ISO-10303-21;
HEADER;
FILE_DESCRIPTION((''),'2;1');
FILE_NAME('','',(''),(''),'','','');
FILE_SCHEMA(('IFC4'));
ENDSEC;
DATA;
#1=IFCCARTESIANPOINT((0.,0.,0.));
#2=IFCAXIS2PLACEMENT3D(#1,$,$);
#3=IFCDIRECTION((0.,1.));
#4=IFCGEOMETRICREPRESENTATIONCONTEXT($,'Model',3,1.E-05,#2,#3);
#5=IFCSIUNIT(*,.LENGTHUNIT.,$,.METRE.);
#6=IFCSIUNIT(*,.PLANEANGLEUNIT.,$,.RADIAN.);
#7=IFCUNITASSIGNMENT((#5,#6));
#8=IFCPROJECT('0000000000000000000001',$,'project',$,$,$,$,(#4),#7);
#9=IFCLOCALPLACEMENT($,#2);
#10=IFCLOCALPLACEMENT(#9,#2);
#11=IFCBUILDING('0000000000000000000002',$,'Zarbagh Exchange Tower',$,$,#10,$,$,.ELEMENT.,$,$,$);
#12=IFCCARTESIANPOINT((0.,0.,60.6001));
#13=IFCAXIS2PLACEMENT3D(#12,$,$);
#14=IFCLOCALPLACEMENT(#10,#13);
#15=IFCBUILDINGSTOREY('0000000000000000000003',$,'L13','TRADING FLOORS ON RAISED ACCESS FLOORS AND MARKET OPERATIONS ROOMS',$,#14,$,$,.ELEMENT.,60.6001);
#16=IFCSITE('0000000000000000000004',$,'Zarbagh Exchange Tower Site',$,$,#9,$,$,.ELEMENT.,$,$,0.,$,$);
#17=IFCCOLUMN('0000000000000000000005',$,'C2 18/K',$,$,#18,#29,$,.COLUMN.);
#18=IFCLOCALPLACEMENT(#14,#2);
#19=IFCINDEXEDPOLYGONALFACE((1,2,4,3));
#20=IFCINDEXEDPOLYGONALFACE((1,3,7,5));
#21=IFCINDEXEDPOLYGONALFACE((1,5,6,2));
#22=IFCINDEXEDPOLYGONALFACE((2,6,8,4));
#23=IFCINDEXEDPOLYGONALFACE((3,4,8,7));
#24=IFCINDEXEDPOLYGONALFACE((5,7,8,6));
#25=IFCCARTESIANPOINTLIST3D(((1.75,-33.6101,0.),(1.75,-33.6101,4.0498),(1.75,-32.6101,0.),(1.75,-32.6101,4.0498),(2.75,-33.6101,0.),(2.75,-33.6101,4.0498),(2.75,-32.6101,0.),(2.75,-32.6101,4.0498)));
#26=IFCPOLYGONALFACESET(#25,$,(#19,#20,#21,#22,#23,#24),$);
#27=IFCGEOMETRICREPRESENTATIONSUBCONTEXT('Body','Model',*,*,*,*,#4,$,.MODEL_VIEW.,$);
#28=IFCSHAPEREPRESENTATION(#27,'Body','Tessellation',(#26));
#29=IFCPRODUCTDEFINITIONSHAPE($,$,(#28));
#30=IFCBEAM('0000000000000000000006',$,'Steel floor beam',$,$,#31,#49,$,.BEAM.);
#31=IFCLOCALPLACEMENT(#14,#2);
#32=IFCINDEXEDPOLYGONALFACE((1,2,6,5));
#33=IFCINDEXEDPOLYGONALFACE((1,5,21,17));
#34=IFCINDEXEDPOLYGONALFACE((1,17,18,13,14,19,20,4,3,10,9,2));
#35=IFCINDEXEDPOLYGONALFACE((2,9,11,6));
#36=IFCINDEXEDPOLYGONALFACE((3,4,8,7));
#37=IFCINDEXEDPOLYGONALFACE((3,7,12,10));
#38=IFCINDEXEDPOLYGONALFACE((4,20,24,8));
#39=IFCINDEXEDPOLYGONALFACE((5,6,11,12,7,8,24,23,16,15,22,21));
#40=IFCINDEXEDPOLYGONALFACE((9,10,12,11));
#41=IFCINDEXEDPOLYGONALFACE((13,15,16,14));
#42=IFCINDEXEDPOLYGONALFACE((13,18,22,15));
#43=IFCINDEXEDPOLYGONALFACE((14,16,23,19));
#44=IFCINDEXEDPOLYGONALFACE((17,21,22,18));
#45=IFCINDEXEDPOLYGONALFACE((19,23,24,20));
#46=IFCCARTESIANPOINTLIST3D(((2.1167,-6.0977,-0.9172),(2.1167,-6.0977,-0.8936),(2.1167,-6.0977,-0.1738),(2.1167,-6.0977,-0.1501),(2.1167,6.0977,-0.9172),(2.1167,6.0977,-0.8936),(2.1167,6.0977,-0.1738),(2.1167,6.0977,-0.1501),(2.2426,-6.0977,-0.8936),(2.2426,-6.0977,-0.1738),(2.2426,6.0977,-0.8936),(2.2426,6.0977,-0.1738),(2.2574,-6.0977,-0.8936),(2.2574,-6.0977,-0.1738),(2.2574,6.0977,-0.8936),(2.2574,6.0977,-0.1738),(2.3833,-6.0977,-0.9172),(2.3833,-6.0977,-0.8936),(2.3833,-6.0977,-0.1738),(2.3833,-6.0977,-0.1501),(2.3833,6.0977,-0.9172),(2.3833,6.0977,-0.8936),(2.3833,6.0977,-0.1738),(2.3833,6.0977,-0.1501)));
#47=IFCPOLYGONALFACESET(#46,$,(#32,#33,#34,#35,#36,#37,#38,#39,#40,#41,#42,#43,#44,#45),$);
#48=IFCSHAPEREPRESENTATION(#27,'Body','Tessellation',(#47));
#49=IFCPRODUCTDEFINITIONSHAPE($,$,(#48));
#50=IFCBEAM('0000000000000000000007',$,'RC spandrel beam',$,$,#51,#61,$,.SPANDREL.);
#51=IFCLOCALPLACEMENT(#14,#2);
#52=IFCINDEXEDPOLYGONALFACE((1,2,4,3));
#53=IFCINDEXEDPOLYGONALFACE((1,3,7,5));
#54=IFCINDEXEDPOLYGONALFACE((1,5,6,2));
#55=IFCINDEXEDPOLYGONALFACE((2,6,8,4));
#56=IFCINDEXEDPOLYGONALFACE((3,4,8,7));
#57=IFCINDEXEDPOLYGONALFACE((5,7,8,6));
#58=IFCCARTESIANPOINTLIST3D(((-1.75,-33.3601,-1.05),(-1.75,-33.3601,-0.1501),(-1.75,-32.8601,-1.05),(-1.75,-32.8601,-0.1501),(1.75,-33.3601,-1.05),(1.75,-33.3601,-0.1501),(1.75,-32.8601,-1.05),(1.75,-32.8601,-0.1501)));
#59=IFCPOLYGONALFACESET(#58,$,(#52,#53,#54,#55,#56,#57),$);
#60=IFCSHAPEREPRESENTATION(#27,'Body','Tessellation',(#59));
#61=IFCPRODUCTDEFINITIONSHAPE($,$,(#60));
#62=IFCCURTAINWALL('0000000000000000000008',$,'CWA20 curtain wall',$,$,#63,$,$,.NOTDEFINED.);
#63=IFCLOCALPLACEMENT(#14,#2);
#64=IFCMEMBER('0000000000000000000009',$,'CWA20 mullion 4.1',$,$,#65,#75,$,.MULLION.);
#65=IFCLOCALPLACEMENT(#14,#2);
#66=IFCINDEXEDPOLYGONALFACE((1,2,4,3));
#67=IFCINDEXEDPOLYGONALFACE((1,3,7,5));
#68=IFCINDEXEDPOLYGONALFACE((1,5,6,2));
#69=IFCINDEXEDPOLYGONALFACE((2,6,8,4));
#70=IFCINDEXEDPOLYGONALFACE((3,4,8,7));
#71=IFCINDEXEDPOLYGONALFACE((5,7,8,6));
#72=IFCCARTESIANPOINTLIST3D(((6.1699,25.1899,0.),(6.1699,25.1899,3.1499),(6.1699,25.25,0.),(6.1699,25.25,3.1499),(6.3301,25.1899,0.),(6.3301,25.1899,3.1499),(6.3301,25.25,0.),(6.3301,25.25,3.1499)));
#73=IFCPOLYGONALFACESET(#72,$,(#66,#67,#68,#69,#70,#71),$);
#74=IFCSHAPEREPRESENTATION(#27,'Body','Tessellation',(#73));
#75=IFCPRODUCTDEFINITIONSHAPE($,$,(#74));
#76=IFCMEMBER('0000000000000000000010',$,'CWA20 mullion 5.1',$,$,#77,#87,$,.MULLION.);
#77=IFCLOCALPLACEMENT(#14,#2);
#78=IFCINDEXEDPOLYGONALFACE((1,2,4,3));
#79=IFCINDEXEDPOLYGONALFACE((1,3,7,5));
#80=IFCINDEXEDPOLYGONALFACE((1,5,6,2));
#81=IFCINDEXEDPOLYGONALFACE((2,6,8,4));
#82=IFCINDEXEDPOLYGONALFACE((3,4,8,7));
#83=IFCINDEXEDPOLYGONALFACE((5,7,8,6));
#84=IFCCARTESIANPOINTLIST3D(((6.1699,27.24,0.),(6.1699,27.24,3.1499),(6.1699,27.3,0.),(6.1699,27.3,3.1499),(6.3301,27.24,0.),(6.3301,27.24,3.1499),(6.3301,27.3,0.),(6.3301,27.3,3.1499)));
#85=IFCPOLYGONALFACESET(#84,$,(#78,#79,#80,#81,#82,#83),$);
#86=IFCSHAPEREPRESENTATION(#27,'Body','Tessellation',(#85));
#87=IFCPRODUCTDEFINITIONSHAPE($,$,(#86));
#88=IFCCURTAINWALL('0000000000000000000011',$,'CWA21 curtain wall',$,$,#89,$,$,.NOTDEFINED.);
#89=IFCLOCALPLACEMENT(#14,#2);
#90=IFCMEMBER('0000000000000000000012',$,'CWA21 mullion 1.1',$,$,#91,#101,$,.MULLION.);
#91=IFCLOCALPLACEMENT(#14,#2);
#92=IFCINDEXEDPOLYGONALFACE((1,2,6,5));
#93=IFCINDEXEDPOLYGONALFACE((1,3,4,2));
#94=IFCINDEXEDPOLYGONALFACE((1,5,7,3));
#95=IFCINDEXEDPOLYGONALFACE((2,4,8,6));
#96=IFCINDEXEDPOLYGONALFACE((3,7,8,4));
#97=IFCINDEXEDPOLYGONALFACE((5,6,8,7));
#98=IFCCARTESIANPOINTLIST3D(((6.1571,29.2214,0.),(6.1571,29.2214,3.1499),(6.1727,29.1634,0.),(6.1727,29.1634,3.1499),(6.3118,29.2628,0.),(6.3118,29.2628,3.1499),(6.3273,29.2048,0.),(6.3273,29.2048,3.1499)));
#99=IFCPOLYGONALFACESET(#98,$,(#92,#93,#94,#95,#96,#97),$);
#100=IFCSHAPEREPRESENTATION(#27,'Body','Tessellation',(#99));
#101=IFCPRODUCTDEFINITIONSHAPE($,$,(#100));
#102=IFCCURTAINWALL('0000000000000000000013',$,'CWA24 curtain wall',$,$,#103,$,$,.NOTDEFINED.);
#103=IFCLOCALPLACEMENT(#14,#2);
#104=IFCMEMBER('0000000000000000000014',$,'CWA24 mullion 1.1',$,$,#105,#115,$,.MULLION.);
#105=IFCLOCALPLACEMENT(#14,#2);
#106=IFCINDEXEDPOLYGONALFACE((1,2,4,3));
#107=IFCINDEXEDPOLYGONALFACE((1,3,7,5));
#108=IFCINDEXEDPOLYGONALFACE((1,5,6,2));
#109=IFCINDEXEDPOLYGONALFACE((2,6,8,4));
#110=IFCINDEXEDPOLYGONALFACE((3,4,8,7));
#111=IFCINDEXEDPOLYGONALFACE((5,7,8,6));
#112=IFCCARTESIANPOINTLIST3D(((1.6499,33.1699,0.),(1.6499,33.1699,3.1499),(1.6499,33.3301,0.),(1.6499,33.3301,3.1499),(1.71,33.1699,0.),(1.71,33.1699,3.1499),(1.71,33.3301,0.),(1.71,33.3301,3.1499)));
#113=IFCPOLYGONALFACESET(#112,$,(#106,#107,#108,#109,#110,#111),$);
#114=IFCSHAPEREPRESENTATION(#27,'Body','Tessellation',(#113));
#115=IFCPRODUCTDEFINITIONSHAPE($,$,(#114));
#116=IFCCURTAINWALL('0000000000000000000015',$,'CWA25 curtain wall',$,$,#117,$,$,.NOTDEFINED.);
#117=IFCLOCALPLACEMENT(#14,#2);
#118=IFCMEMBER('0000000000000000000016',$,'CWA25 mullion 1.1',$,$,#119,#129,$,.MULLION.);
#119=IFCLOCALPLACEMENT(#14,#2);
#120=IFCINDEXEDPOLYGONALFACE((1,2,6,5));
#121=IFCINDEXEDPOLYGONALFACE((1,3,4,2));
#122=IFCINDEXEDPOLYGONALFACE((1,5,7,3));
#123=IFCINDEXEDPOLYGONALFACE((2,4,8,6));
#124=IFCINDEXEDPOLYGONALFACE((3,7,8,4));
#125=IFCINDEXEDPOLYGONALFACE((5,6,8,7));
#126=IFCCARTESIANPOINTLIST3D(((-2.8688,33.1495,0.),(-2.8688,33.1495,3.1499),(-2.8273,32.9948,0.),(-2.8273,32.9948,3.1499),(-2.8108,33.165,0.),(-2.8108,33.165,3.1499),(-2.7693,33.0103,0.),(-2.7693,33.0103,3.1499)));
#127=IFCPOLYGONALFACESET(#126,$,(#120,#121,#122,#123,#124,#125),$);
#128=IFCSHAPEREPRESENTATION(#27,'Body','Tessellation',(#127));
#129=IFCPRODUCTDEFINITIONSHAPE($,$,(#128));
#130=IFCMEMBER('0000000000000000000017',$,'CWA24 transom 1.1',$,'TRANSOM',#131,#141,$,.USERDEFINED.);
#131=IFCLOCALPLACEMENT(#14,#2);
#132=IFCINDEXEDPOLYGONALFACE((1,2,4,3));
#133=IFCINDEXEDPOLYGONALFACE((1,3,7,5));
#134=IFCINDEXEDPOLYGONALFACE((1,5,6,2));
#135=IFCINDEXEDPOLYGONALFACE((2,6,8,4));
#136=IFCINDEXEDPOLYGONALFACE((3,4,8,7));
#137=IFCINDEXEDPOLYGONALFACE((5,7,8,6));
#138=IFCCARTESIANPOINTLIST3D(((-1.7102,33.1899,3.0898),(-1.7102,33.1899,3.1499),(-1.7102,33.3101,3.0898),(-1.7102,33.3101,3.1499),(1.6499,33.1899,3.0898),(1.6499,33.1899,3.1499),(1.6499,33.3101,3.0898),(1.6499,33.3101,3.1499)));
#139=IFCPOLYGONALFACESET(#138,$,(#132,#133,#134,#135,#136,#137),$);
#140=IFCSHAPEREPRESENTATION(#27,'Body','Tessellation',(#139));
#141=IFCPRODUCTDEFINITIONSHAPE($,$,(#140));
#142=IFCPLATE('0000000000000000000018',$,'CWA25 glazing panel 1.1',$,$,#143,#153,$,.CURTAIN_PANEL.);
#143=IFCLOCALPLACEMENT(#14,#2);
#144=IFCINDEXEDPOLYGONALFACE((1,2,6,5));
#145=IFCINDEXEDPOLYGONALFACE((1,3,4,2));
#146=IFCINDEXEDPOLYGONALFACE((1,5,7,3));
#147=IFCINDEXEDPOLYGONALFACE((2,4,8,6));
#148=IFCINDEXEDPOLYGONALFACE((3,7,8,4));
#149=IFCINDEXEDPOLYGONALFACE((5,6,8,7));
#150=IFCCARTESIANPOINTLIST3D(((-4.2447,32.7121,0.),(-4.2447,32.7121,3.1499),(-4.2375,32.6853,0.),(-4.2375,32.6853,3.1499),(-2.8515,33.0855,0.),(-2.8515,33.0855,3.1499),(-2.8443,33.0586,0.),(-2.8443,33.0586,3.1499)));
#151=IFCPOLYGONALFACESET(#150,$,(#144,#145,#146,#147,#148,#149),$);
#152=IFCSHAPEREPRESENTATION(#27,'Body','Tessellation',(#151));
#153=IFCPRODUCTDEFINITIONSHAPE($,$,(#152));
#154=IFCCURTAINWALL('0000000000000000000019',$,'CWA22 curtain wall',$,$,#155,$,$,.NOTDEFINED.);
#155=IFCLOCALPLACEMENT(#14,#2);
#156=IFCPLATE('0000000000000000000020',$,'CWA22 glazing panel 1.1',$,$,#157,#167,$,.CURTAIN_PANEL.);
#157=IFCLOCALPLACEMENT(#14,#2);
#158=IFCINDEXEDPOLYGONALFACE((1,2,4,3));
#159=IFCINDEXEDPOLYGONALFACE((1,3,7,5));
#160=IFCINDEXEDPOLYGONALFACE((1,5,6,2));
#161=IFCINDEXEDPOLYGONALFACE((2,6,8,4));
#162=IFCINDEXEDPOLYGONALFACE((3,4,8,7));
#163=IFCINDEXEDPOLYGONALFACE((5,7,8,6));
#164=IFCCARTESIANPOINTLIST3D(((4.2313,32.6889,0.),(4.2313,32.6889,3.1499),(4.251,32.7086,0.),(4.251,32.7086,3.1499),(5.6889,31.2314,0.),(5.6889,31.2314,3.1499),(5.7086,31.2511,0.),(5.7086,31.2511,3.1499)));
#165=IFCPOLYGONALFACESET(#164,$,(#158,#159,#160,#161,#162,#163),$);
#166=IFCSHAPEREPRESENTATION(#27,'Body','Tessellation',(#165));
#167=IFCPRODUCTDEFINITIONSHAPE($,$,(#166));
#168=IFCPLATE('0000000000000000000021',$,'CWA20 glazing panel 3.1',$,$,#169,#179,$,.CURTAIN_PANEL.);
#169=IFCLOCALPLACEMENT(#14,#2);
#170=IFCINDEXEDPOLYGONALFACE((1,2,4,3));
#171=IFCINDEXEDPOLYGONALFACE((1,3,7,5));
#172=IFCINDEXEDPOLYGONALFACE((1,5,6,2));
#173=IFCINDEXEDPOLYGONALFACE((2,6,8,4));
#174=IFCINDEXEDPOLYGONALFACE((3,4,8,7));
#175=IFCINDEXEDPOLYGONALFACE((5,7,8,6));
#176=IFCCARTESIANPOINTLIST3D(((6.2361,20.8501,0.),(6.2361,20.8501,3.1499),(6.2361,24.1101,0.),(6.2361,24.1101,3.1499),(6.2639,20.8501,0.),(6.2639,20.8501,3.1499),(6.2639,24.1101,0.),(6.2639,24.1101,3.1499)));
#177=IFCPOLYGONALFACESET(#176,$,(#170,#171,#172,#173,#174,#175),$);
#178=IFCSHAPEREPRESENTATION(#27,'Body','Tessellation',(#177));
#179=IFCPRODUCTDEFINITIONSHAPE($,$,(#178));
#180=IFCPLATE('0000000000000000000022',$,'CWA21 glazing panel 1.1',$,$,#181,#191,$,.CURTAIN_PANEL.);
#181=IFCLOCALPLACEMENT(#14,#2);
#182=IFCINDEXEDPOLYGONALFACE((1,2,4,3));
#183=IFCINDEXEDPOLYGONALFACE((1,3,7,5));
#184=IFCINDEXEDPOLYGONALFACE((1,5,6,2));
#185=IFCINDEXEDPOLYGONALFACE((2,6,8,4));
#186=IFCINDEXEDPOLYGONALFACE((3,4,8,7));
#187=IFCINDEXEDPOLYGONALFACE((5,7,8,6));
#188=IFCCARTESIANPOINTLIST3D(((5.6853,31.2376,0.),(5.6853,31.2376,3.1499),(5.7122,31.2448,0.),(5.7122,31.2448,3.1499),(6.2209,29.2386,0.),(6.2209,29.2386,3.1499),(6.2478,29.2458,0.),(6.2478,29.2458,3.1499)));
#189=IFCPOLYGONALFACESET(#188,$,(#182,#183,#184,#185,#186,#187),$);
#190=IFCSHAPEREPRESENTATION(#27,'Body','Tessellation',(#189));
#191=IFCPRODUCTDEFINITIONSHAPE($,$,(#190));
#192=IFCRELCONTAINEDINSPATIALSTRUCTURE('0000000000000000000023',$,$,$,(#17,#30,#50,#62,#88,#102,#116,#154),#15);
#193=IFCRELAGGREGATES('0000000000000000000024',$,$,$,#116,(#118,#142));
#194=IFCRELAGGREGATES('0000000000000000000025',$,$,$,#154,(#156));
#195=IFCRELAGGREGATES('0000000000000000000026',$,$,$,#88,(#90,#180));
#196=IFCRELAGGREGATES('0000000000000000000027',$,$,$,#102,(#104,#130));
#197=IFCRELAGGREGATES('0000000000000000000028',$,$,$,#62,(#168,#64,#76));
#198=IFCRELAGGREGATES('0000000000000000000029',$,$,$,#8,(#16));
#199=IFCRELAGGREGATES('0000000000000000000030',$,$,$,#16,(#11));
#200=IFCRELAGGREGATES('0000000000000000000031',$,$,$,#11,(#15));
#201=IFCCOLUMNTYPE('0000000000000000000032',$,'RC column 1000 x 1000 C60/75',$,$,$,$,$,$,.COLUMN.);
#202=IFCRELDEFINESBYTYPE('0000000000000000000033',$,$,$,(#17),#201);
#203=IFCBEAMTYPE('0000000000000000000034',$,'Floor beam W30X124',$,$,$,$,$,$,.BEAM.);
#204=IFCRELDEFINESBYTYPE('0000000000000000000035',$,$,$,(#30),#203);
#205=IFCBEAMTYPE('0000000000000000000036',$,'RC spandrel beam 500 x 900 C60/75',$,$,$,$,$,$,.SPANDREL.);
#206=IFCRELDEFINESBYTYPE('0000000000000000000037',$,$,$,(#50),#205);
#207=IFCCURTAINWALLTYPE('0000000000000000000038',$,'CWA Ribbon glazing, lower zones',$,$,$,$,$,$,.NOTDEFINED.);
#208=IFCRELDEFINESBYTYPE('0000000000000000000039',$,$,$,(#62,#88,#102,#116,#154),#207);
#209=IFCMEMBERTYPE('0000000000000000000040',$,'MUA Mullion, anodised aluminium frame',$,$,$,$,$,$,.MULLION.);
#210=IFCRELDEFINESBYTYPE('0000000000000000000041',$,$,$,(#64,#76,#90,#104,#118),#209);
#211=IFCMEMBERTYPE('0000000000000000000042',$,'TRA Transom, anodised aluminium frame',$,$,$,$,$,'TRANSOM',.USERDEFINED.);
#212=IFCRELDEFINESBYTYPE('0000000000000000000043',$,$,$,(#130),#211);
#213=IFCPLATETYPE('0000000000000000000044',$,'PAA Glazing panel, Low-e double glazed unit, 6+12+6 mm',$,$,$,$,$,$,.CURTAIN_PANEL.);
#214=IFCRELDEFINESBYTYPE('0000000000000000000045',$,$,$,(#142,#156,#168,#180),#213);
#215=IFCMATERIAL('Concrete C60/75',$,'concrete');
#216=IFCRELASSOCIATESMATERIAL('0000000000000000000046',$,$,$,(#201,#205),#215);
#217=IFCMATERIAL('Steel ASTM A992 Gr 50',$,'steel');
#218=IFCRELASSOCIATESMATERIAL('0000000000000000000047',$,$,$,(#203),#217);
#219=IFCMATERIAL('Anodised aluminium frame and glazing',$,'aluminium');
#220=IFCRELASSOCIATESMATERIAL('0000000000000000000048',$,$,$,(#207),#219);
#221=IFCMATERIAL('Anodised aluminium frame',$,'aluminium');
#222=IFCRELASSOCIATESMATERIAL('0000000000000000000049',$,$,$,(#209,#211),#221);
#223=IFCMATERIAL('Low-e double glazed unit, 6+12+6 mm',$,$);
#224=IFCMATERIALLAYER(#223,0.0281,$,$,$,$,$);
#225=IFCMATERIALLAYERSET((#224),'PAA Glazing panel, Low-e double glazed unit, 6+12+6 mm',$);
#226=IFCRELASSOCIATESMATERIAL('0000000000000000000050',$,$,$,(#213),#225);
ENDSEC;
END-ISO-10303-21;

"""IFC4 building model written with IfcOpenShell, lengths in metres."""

from ifc_helpers import new_model, si_unit, direction, frame, origin, origin_2d, place, context, subcontext, project, spatial, polyline, rectangle, i_section, outline, extrude, source, transform, mapped, material, layer, layer_set, material_profile, profile_set, type_object, element, aggregate, save


model = new_model("IFC4")

# Units and contexts
model_context = context("Model", 3, precision=1e-05, world=origin(), true_north=direction((0.0, 1.0)))
body_context = subcontext(model_context, "Body", "Model", "MODEL_VIEW")
ifc_project = project(units=[si_unit("LENGTHUNIT", "METRE"), si_unit("PLANEANGLEUNIT", "RADIAN")], contexts=[model_context])

# Site, building, storey
site_placement = place(None, origin())
site = spatial("IfcSite", under=ifc_project, at=site_placement, Name="Zarbagh Exchange Tower Site", CompositionType="ELEMENT", RefElevation=0.0)
building_placement = place(site_placement, origin())
building = spatial("IfcBuilding", under=site, at=building_placement, Name="Zarbagh Exchange Tower", CompositionType="ELEMENT")
storey_placement = place(building_placement, frame((0.0, 0.0, 60.6001)))
storey = spatial("IfcBuildingStorey", under=building, at=storey_placement, Name="L13", Description="TRADING FLOORS ON RAISED ACCESS FLOORS AND MARKET OPERATIONS ROOMS", CompositionType="ELEMENT", Elevation=60.6001)

# Column
ifc_material_1 = material(Name="Concrete C60/75", Category="concrete")
ifc_material_profile_1 = material_profile(ifc_material_1, rectangle(XDim=1.0, YDim=1.0, at=origin_2d()), Name="RC column 1000 x 1000 C60/75")
ifc_profile_set_1 = profile_set([ifc_material_profile_1], Name="Concrete C60/75")
column_type = type_object("IfcColumnType", Name="RC column 1000 x 1000 C60/75", PredefinedType="COLUMN", material=ifc_profile_set_1)
column_placement = place(storey_placement, frame((2.25, -33.1101, 0.0), z_axis=(0.0, 0.0, 1.0), x_axis=(1.0, 0.0, 0.0)))
element("IfcColumn", 1, at=column_placement, inside=storey, type_object=column_type, Name="C2 18/K", PredefinedType="COLUMN", context=body_context, shape_type="SweptSolid", body=[
    extrude(rectangle(XDim=1.0, YDim=1.0, at=origin_2d()), origin(), (0.0, 0.0, 1.0), 4.0498),
])

# Beams
ifc_material_2 = material(Name="Steel ASTM A992 Gr 50", Category="steel")
ifc_material_profile_2 = material_profile(ifc_material_2, i_section(OverallWidth=0.2666, OverallDepth=0.7671, WebThickness=0.0149, FlangeThickness=0.0237, at=origin_2d()), Name="W30X124")
ifc_profile_set_2 = profile_set([ifc_material_profile_2], Name="Steel ASTM A992 Gr 50")
beam_type_1 = type_object("IfcBeamType", Name="Floor beam W30X124", PredefinedType="BEAM", material=ifc_profile_set_2)
beam_1_placement = place(storey_placement, frame((2.25, -6.0977, -0.5337), z_axis=(0.0, 1.0, 0.0), x_axis=(-1.0, 0.0, 0.0)))
element("IfcBeam", 2, at=beam_1_placement, inside=storey, type_object=beam_type_1, Name="Steel floor beam", PredefinedType="BEAM", context=body_context, shape_type="SweptSolid", body=[
    extrude(i_section(OverallWidth=0.2666, OverallDepth=0.7671, WebThickness=0.0149, FlangeThickness=0.0237, at=origin_2d()), origin(), (0.0, 0.0, 1.0), 12.1953),
])
ifc_material_profile_3 = material_profile(ifc_material_1, rectangle(XDim=0.5, YDim=0.8999, at=origin_2d()), Name="RC spandrel beam 500 x 900 C60/75")
ifc_profile_set_3 = profile_set([ifc_material_profile_3], Name="Concrete C60/75")
beam_type_2 = type_object("IfcBeamType", Name="RC spandrel beam 500 x 900 C60/75", PredefinedType="SPANDREL", material=ifc_profile_set_3)
beam_2_placement = place(storey_placement, frame((1.75, -33.1101, -0.6001), z_axis=(-1.0, 0.0, 0.0), x_axis=(0.0, -1.0, 0.0)))
element("IfcBeam", 3, at=beam_2_placement, inside=storey, type_object=beam_type_2, Name="RC spandrel beam", PredefinedType="SPANDREL", context=body_context, shape_type="SweptSolid", body=[
    extrude(rectangle(XDim=0.5, YDim=0.8999, at=origin_2d()), origin(), (0.0, 0.0, 1.0), 3.5),
])

# Curtain wall, members
ifc_material_3 = material(Name="Anodised aluminium frame and glazing", Category="aluminium")
curtain_wall_type = type_object("IfcCurtainWallType", Name="CWA Ribbon glazing, lower zones", PredefinedType="NOTDEFINED", material=ifc_material_3)
curtain_wall_1_placement = place(storey_placement, origin())
curtain_wall_1 = element("IfcCurtainWall", 4, at=curtain_wall_1_placement, inside=storey, type_object=curtain_wall_type, Name="CWA20 curtain wall", PredefinedType="NOTDEFINED")
ifc_material_4 = material(Name="Anodised aluminium frame", Category="aluminium")
member_type_1 = type_object("IfcMemberType", Name="MUA Mullion, anodised aluminium frame", PredefinedType="MULLION", material=ifc_material_4)
shared_shape_1 = source(origin(), body_context, "Body", "SweptSolid", [
    extrude(outline(polyline([(0.0, -0.0801), (0.0601, -0.0801), (0.0601, 0.0801), (0.0, 0.0801), (0.0, -0.0801)])), origin(), (0.0, 0.0, 1.0), 3.1499),
])
placement = place(storey_placement, origin())
member_1 = element("IfcMember", 5, at=placement, type_object=member_type_1, Name="CWA20 mullion 4.1", PredefinedType="MULLION", context=body_context, shape_type="MappedRepresentation", body=[
    mapped(shared_shape_1, transform((6.25, 25.1899, 0.0), x_axis=(0.0, 1.0, 0.0), y_axis=(-1.0, 0.0, 0.0), z_axis=(0.0, 0.0, 1.0))),
])
member_2 = element("IfcMember", 6, at=placement, type_object=member_type_1, Name="CWA20 mullion 5.1", PredefinedType="MULLION", context=body_context, shape_type="MappedRepresentation", body=[
    mapped(shared_shape_1, transform((6.25, 27.24, 0.0), x_axis=(0.0, 1.0, 0.0), y_axis=(-1.0, 0.0, 0.0), z_axis=(0.0, 0.0, 1.0))),
])

# Curtain walls, members
curtain_wall_2_placement = place(storey_placement, origin())
curtain_wall_2 = element("IfcCurtainWall", 7, at=curtain_wall_2_placement, inside=storey, type_object=curtain_wall_type, Name="CWA21 curtain wall", PredefinedType="NOTDEFINED")
member_3 = element("IfcMember", 8, at=placement, type_object=member_type_1, Name="CWA21 mullion 1.1", PredefinedType="MULLION", context=body_context, shape_type="MappedRepresentation", body=[
    mapped(shared_shape_1, transform((6.25, 29.1841, 0.0), x_axis=(-0.258825, 0.965924, 0.0), y_axis=(-0.965924, -0.258825, 0.0), z_axis=(0.0, 0.0, 1.0))),
])
curtain_wall_3_placement = place(storey_placement, origin())
curtain_wall_3 = element("IfcCurtainWall", 9, at=curtain_wall_3_placement, inside=storey, type_object=curtain_wall_type, Name="CWA24 curtain wall", PredefinedType="NOTDEFINED")
member_4 = element("IfcMember", 10, at=placement, type_object=member_type_1, Name="CWA24 mullion 1.1", PredefinedType="MULLION", context=body_context, shape_type="MappedRepresentation", body=[
    mapped(shared_shape_1, transform((1.71, 33.25, 0.0), x_axis=(-1.0, 0.0, 0.0), y_axis=(0.0, -1.0, 0.0), z_axis=(0.0, 0.0, 1.0))),
])
curtain_wall_4_placement = place(storey_placement, origin())
curtain_wall_4 = element("IfcCurtainWall", 11, at=curtain_wall_4_placement, inside=storey, type_object=curtain_wall_type, Name="CWA25 curtain wall", PredefinedType="NOTDEFINED")
member_5 = element("IfcMember", 12, at=placement, type_object=member_type_1, Name="CWA25 mullion 1.1", PredefinedType="MULLION", context=body_context, shape_type="MappedRepresentation", body=[
    mapped(shared_shape_1, transform((-2.79, 33.0876, 0.0), x_axis=(-0.965924, -0.258825, 0.0), y_axis=(0.258825, -0.965924, 0.0), z_axis=(0.0, 0.0, 1.0))),
])

# Member
member_type_2 = type_object("IfcMemberType", Name="TRA Transom, anodised aluminium frame", ElementType="TRANSOM", PredefinedType="USERDEFINED", material=ifc_material_4)
shared_shape_2 = source(origin(), body_context, "Body", "SweptSolid", [
    extrude(outline(polyline([(-0.0601, -0.0601), (0.0, -0.0601), (0.0, 0.0601), (-0.0601, 0.0601), (-0.0601, -0.0601)])), origin(), (0.0, 0.0, 1.0), 3.3601),
])
member_6 = element("IfcMember", 13, at=placement, type_object=member_type_2, Name="CWA24 transom 1.1", ObjectType="TRANSOM", PredefinedType="USERDEFINED", context=body_context, shape_type="MappedRepresentation", body=[
    mapped(shared_shape_2, transform((1.6499, 33.25, 3.1499), x_axis=(0.0, 0.0, 1.0), y_axis=(0.0, 1.0, 0.0), z_axis=(-1.0, 0.0, 0.0))),
])

# Plate
ifc_material_5 = material(Name="Low-e double glazed unit, 6+12+6 mm")
ifc_layer_1 = layer(ifc_material_5, 0.0281)
ifc_layer_set_1 = layer_set([ifc_layer_1], Name="PAA Glazing panel, Low-e double glazed unit, 6+12+6 mm")
plate_type = type_object("IfcPlateType", Name="PAA Glazing panel, Low-e double glazed unit, 6+12+6 mm", PredefinedType="CURTAIN_PANEL", material=ifc_layer_set_1)
shared_shape_3 = source(origin(), body_context, "Body", "SweptSolid", [
    extrude(outline(polyline([(0.0, -0.0139), (1.4424, -0.0139), (1.4424, 0.0139), (0.0, 0.0139), (0.0, -0.0139)])), origin(), (0.0, 0.0, 1.0), 3.1499),
])
plate_1 = element("IfcPlate", 14, at=placement, type_object=plate_type, Name="CWA25 glazing panel 1.1", PredefinedType="CURTAIN_PANEL", context=body_context, shape_type="MappedRepresentation", body=[
    mapped(shared_shape_3, transform((-2.8479, 33.072, 0.0), x_axis=(-0.965924, -0.258825, 0.0), y_axis=(0.258825, -0.965924, 0.0), z_axis=(0.0, 0.0, 1.0))),
])
aggregate(curtain_wall_4, [member_5, plate_1])

# Curtain wall, plate
curtain_wall_5_placement = place(storey_placement, origin())
curtain_wall_5 = element("IfcCurtainWall", 15, at=curtain_wall_5_placement, inside=storey, type_object=curtain_wall_type, Name="CWA22 curtain wall", PredefinedType="NOTDEFINED")
shared_shape_4 = source(origin(), body_context, "Body", "SweptSolid", [
    extrude(outline(polyline([(0.0, -0.0139), (2.0613, -0.0139), (2.0613, 0.0139), (0.0, 0.0139), (0.0, -0.0139)])), origin(), (0.0, 0.0, 1.0), 3.1499),
])
plate_2 = element("IfcPlate", 16, at=placement, type_object=plate_type, Name="CWA22 glazing panel 1.1", PredefinedType="CURTAIN_PANEL", context=body_context, shape_type="MappedRepresentation", body=[
    mapped(shared_shape_4, transform((5.6987, 31.2412, 0.0), x_axis=(-0.707107, 0.707107, 0.0), y_axis=(-0.707107, -0.707107, 0.0), z_axis=(0.0, 0.0, 1.0))),
])
aggregate(curtain_wall_5, [plate_2])

# Plates
shared_shape_5 = source(origin(), body_context, "Body", "SweptSolid", [
    extrude(outline(polyline([(0.0, -0.0139), (3.26, -0.0139), (3.26, 0.0139), (0.0, 0.0139), (0.0, -0.0139)])), origin(), (0.0, 0.0, 1.0), 3.1499),
])
plate_3 = element("IfcPlate", 17, at=placement, type_object=plate_type, Name="CWA20 glazing panel 3.1", PredefinedType="CURTAIN_PANEL", context=body_context, shape_type="MappedRepresentation", body=[
    mapped(shared_shape_5, transform((6.25, 20.8501, 0.0), x_axis=(0.0, 1.0, 0.0), y_axis=(-1.0, 0.0, 0.0), z_axis=(0.0, 0.0, 1.0))),
])
shared_shape_6 = source(origin(), body_context, "Body", "SweptSolid", [
    extrude(outline(polyline([(0.0, -0.0139), (2.0696, -0.0139), (2.0696, 0.0139), (0.0, 0.0139), (0.0, -0.0139)])), origin(), (0.0, 0.0, 1.0), 3.1499),
])
plate_4 = element("IfcPlate", 18, at=placement, type_object=plate_type, Name="CWA21 glazing panel 1.1", PredefinedType="CURTAIN_PANEL", context=body_context, shape_type="MappedRepresentation", body=[
    mapped(shared_shape_6, transform((6.2344, 29.2422, 0.0), x_axis=(-0.258825, 0.965924, 0.0), y_axis=(-0.965924, -0.258825, 0.0), z_axis=(0.0, 0.0, 1.0))),
])
aggregate(curtain_wall_2, [member_3, plate_4])

aggregate(curtain_wall_3, [member_4, member_6])
aggregate(curtain_wall_1, [plate_3, member_1, member_2])

save(model, "model.ifc")
